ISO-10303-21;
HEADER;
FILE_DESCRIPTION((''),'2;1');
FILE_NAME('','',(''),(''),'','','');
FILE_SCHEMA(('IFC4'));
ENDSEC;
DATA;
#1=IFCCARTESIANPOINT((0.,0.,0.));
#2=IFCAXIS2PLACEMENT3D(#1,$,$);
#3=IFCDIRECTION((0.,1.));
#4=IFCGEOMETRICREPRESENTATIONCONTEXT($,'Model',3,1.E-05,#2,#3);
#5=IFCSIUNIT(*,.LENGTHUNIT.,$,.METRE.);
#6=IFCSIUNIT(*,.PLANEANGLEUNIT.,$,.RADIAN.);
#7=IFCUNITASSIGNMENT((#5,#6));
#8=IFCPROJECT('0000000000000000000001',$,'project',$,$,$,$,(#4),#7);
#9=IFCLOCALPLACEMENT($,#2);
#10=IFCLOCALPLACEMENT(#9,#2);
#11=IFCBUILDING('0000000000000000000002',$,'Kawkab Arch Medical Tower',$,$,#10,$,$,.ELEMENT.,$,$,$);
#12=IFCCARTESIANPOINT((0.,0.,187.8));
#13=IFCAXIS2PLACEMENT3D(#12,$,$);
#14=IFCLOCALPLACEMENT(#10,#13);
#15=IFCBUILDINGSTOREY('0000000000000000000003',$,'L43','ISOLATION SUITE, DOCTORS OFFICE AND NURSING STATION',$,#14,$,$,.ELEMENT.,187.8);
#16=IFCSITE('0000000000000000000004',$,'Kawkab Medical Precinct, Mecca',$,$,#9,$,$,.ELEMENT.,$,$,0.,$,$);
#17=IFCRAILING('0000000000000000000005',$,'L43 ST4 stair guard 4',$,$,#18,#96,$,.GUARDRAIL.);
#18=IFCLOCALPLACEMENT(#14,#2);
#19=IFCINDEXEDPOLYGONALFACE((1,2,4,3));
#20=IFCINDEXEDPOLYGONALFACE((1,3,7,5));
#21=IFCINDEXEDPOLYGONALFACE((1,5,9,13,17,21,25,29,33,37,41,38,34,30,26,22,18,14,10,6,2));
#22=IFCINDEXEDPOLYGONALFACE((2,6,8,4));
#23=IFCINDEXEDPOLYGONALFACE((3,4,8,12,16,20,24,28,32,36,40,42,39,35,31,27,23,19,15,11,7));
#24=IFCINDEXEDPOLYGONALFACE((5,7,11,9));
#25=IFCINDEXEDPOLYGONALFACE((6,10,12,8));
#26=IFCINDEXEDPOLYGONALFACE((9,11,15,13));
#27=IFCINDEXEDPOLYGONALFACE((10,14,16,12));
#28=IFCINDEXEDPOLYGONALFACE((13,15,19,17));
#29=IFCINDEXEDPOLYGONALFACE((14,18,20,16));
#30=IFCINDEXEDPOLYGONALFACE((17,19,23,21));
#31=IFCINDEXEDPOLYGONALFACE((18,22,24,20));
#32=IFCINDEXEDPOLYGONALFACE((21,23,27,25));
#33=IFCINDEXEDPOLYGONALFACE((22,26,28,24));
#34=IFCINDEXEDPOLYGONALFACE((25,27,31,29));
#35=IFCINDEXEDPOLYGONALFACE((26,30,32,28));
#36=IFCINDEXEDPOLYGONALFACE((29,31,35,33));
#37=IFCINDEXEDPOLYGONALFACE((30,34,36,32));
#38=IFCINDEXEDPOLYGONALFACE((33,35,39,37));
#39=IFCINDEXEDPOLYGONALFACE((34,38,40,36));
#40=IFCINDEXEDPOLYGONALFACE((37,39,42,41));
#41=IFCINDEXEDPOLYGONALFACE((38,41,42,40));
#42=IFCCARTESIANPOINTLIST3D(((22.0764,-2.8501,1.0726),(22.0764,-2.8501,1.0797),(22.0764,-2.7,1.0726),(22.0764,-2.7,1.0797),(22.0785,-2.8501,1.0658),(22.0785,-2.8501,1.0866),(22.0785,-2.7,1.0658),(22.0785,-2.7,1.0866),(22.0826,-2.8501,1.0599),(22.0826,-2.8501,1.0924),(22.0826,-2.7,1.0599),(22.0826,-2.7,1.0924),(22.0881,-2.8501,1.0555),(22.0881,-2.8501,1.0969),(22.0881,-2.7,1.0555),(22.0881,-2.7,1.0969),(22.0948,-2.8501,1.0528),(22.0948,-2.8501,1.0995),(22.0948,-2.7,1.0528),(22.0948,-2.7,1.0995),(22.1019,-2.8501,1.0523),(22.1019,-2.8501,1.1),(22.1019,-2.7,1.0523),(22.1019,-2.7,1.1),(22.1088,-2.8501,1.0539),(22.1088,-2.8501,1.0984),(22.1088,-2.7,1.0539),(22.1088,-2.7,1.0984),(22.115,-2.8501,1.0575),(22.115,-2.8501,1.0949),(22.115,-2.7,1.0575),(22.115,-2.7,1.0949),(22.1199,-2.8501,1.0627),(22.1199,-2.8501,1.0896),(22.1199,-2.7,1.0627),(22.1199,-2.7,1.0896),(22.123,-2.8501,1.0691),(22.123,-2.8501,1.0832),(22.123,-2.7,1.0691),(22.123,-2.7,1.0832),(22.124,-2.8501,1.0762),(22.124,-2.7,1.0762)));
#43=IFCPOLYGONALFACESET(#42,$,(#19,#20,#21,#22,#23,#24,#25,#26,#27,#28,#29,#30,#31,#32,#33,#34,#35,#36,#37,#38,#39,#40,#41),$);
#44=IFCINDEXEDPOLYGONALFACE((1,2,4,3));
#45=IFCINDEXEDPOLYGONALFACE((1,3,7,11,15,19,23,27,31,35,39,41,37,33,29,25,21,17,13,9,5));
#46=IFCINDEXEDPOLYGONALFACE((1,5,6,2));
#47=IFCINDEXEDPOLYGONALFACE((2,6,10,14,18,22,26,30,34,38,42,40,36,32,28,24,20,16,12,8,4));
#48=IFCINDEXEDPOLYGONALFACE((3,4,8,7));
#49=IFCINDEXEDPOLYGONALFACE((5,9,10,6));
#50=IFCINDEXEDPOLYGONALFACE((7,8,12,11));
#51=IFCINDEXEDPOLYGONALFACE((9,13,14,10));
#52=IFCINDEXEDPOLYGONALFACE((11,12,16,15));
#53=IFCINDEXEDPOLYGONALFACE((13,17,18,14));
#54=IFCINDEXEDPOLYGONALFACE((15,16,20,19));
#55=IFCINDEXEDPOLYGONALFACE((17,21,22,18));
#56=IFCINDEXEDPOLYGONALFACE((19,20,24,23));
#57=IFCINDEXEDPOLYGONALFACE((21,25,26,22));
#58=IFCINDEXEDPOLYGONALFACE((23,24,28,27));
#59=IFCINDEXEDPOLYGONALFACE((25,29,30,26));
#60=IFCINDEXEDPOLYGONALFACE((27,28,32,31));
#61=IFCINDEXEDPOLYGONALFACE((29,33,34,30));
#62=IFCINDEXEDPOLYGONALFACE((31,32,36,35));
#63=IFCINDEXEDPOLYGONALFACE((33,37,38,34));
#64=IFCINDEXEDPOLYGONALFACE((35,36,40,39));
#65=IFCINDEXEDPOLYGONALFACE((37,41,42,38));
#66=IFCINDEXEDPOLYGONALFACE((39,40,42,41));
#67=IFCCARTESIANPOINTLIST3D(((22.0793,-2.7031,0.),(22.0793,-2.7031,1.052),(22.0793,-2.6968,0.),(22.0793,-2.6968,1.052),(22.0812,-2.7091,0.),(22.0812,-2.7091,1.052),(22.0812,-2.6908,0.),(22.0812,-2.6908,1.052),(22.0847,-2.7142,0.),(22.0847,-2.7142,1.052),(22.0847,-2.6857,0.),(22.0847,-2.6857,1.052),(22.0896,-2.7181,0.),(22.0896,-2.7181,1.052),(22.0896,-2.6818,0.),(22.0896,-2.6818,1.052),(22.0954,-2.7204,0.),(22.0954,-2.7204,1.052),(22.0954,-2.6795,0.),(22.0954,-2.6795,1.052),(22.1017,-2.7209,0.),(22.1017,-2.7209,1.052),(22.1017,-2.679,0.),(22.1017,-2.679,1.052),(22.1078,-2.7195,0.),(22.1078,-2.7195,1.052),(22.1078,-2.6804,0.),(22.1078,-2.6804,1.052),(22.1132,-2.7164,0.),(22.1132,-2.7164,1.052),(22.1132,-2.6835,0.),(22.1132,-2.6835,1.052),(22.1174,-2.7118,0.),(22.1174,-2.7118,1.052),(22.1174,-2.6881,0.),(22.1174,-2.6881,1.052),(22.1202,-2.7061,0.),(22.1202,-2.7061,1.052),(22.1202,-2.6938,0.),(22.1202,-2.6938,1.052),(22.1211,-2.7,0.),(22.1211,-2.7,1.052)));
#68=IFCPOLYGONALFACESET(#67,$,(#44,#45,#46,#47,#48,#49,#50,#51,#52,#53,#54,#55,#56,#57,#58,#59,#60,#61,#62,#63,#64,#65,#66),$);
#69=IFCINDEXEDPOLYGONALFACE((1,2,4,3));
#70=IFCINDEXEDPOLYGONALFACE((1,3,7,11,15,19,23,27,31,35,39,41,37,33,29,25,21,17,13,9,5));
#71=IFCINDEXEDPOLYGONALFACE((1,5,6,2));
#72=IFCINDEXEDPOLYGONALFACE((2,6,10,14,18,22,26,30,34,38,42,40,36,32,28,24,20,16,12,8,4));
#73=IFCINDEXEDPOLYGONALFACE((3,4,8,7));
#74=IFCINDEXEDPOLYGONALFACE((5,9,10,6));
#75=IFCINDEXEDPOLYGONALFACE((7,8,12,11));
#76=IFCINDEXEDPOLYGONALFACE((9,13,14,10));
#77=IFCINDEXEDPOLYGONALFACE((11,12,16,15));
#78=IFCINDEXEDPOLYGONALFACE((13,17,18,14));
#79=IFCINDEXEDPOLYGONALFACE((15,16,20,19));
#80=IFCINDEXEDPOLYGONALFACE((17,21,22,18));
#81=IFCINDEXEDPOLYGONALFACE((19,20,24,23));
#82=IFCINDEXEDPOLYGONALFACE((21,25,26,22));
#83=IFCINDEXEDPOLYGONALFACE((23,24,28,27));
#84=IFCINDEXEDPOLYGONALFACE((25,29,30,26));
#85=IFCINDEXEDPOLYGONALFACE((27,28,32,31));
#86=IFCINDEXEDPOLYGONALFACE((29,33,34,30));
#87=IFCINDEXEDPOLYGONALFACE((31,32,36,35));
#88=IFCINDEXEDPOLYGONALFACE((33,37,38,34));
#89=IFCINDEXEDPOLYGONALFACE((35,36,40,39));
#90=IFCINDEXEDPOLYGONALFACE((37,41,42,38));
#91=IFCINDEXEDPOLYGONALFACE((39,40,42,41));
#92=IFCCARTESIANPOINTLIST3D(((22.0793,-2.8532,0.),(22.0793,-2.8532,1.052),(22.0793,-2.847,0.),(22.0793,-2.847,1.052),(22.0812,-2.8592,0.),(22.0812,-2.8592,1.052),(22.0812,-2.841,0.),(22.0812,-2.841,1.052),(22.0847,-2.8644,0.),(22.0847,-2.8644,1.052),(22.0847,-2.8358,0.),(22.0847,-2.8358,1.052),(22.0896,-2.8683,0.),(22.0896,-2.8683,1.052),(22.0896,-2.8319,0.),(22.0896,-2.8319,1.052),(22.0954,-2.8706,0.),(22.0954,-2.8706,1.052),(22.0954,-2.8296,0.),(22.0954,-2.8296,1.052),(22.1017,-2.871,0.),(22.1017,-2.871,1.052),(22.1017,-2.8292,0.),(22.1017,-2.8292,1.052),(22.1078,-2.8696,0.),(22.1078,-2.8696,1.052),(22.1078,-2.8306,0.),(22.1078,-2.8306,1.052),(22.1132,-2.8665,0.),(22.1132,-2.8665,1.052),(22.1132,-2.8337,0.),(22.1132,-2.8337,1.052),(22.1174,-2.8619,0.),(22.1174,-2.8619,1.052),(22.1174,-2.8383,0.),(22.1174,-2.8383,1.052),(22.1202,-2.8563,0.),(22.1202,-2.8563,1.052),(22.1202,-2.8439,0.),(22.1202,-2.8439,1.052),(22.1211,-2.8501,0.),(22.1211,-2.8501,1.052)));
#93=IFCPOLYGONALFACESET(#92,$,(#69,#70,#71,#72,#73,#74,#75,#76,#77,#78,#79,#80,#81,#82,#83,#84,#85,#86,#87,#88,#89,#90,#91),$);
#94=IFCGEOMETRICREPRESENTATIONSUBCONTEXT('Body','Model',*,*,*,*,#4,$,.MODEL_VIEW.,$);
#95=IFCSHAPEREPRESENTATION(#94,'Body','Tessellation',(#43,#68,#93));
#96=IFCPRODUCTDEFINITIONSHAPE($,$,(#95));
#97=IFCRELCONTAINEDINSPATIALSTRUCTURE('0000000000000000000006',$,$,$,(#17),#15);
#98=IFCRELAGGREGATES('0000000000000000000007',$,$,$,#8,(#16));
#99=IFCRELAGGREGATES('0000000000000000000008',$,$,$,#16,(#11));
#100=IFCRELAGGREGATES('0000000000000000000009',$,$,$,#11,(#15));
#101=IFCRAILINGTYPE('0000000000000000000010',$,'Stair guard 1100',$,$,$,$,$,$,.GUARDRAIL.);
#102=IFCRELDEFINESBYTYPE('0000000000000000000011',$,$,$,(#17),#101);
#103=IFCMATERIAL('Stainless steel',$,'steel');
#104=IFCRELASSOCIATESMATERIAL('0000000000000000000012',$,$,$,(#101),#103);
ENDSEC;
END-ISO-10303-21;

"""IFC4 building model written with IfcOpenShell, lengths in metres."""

from ifc_helpers import new_model, si_unit, direction, frame, origin, origin_2d, place, context, subcontext, project, spatial, circle, extrude, material, type_object, element, save


model = new_model("IFC4")

# Units and contexts
model_context = context("Model", 3, precision=1e-05, world=origin(), true_north=direction((0.0, 1.0)))
body_context = subcontext(model_context, "Body", "Model", "MODEL_VIEW")
ifc_project = project(units=[si_unit("LENGTHUNIT", "METRE"), si_unit("PLANEANGLEUNIT", "RADIAN")], contexts=[model_context])

# Site, building, storey
site_placement = place(None, origin())
site = spatial("IfcSite", under=ifc_project, at=site_placement, Name="Kawkab Medical Precinct, Mecca", CompositionType="ELEMENT", RefElevation=0.0)
building_placement = place(site_placement, origin())
building = spatial("IfcBuilding", under=site, at=building_placement, Name="Kawkab Arch Medical Tower", CompositionType="ELEMENT")
storey_placement = place(building_placement, frame((0.0, 0.0, 187.8)))
storey = spatial("IfcBuildingStorey", under=building, at=storey_placement, Name="L43", Description="ISOLATION SUITE, DOCTORS OFFICE AND NURSING STATION", CompositionType="ELEMENT", Elevation=187.8)

# Railing
ifc_material_1 = material(Name="Stainless steel", Category="steel")
railing_type_1 = type_object("IfcRailingType", Name="Stair guard 1100", PredefinedType="GUARDRAIL", material=ifc_material_1)
railing_1_placement = place(storey_placement, frame((22.1001, -2.7, 0.0)))
element("IfcRailing", 1, at=railing_1_placement, inside=storey, type_object=railing_type_1, Name="L43 ST4 stair guard 4", PredefinedType="GUARDRAIL", context=body_context, shape_type="SweptSolid", body=[
    extrude(circle(Radius=0.0239, at=origin_2d()), frame((0.0, 0.0, 1.0762), z_axis=(0.0, -1.0, 0.0), x_axis=(1.0, 0.0, 0.0)), (0.0, 0.0, 1.0), 0.1501),
    extrude(circle(Radius=0.021, at=origin_2d()), origin(), (0.0, 0.0, 1.0), 1.052),
    extrude(circle(Radius=0.021, at=origin_2d()), frame((0.0, -0.1501, 0.0)), (0.0, 0.0, 1.0), 1.052),
])

save(model, "model.ifc")
